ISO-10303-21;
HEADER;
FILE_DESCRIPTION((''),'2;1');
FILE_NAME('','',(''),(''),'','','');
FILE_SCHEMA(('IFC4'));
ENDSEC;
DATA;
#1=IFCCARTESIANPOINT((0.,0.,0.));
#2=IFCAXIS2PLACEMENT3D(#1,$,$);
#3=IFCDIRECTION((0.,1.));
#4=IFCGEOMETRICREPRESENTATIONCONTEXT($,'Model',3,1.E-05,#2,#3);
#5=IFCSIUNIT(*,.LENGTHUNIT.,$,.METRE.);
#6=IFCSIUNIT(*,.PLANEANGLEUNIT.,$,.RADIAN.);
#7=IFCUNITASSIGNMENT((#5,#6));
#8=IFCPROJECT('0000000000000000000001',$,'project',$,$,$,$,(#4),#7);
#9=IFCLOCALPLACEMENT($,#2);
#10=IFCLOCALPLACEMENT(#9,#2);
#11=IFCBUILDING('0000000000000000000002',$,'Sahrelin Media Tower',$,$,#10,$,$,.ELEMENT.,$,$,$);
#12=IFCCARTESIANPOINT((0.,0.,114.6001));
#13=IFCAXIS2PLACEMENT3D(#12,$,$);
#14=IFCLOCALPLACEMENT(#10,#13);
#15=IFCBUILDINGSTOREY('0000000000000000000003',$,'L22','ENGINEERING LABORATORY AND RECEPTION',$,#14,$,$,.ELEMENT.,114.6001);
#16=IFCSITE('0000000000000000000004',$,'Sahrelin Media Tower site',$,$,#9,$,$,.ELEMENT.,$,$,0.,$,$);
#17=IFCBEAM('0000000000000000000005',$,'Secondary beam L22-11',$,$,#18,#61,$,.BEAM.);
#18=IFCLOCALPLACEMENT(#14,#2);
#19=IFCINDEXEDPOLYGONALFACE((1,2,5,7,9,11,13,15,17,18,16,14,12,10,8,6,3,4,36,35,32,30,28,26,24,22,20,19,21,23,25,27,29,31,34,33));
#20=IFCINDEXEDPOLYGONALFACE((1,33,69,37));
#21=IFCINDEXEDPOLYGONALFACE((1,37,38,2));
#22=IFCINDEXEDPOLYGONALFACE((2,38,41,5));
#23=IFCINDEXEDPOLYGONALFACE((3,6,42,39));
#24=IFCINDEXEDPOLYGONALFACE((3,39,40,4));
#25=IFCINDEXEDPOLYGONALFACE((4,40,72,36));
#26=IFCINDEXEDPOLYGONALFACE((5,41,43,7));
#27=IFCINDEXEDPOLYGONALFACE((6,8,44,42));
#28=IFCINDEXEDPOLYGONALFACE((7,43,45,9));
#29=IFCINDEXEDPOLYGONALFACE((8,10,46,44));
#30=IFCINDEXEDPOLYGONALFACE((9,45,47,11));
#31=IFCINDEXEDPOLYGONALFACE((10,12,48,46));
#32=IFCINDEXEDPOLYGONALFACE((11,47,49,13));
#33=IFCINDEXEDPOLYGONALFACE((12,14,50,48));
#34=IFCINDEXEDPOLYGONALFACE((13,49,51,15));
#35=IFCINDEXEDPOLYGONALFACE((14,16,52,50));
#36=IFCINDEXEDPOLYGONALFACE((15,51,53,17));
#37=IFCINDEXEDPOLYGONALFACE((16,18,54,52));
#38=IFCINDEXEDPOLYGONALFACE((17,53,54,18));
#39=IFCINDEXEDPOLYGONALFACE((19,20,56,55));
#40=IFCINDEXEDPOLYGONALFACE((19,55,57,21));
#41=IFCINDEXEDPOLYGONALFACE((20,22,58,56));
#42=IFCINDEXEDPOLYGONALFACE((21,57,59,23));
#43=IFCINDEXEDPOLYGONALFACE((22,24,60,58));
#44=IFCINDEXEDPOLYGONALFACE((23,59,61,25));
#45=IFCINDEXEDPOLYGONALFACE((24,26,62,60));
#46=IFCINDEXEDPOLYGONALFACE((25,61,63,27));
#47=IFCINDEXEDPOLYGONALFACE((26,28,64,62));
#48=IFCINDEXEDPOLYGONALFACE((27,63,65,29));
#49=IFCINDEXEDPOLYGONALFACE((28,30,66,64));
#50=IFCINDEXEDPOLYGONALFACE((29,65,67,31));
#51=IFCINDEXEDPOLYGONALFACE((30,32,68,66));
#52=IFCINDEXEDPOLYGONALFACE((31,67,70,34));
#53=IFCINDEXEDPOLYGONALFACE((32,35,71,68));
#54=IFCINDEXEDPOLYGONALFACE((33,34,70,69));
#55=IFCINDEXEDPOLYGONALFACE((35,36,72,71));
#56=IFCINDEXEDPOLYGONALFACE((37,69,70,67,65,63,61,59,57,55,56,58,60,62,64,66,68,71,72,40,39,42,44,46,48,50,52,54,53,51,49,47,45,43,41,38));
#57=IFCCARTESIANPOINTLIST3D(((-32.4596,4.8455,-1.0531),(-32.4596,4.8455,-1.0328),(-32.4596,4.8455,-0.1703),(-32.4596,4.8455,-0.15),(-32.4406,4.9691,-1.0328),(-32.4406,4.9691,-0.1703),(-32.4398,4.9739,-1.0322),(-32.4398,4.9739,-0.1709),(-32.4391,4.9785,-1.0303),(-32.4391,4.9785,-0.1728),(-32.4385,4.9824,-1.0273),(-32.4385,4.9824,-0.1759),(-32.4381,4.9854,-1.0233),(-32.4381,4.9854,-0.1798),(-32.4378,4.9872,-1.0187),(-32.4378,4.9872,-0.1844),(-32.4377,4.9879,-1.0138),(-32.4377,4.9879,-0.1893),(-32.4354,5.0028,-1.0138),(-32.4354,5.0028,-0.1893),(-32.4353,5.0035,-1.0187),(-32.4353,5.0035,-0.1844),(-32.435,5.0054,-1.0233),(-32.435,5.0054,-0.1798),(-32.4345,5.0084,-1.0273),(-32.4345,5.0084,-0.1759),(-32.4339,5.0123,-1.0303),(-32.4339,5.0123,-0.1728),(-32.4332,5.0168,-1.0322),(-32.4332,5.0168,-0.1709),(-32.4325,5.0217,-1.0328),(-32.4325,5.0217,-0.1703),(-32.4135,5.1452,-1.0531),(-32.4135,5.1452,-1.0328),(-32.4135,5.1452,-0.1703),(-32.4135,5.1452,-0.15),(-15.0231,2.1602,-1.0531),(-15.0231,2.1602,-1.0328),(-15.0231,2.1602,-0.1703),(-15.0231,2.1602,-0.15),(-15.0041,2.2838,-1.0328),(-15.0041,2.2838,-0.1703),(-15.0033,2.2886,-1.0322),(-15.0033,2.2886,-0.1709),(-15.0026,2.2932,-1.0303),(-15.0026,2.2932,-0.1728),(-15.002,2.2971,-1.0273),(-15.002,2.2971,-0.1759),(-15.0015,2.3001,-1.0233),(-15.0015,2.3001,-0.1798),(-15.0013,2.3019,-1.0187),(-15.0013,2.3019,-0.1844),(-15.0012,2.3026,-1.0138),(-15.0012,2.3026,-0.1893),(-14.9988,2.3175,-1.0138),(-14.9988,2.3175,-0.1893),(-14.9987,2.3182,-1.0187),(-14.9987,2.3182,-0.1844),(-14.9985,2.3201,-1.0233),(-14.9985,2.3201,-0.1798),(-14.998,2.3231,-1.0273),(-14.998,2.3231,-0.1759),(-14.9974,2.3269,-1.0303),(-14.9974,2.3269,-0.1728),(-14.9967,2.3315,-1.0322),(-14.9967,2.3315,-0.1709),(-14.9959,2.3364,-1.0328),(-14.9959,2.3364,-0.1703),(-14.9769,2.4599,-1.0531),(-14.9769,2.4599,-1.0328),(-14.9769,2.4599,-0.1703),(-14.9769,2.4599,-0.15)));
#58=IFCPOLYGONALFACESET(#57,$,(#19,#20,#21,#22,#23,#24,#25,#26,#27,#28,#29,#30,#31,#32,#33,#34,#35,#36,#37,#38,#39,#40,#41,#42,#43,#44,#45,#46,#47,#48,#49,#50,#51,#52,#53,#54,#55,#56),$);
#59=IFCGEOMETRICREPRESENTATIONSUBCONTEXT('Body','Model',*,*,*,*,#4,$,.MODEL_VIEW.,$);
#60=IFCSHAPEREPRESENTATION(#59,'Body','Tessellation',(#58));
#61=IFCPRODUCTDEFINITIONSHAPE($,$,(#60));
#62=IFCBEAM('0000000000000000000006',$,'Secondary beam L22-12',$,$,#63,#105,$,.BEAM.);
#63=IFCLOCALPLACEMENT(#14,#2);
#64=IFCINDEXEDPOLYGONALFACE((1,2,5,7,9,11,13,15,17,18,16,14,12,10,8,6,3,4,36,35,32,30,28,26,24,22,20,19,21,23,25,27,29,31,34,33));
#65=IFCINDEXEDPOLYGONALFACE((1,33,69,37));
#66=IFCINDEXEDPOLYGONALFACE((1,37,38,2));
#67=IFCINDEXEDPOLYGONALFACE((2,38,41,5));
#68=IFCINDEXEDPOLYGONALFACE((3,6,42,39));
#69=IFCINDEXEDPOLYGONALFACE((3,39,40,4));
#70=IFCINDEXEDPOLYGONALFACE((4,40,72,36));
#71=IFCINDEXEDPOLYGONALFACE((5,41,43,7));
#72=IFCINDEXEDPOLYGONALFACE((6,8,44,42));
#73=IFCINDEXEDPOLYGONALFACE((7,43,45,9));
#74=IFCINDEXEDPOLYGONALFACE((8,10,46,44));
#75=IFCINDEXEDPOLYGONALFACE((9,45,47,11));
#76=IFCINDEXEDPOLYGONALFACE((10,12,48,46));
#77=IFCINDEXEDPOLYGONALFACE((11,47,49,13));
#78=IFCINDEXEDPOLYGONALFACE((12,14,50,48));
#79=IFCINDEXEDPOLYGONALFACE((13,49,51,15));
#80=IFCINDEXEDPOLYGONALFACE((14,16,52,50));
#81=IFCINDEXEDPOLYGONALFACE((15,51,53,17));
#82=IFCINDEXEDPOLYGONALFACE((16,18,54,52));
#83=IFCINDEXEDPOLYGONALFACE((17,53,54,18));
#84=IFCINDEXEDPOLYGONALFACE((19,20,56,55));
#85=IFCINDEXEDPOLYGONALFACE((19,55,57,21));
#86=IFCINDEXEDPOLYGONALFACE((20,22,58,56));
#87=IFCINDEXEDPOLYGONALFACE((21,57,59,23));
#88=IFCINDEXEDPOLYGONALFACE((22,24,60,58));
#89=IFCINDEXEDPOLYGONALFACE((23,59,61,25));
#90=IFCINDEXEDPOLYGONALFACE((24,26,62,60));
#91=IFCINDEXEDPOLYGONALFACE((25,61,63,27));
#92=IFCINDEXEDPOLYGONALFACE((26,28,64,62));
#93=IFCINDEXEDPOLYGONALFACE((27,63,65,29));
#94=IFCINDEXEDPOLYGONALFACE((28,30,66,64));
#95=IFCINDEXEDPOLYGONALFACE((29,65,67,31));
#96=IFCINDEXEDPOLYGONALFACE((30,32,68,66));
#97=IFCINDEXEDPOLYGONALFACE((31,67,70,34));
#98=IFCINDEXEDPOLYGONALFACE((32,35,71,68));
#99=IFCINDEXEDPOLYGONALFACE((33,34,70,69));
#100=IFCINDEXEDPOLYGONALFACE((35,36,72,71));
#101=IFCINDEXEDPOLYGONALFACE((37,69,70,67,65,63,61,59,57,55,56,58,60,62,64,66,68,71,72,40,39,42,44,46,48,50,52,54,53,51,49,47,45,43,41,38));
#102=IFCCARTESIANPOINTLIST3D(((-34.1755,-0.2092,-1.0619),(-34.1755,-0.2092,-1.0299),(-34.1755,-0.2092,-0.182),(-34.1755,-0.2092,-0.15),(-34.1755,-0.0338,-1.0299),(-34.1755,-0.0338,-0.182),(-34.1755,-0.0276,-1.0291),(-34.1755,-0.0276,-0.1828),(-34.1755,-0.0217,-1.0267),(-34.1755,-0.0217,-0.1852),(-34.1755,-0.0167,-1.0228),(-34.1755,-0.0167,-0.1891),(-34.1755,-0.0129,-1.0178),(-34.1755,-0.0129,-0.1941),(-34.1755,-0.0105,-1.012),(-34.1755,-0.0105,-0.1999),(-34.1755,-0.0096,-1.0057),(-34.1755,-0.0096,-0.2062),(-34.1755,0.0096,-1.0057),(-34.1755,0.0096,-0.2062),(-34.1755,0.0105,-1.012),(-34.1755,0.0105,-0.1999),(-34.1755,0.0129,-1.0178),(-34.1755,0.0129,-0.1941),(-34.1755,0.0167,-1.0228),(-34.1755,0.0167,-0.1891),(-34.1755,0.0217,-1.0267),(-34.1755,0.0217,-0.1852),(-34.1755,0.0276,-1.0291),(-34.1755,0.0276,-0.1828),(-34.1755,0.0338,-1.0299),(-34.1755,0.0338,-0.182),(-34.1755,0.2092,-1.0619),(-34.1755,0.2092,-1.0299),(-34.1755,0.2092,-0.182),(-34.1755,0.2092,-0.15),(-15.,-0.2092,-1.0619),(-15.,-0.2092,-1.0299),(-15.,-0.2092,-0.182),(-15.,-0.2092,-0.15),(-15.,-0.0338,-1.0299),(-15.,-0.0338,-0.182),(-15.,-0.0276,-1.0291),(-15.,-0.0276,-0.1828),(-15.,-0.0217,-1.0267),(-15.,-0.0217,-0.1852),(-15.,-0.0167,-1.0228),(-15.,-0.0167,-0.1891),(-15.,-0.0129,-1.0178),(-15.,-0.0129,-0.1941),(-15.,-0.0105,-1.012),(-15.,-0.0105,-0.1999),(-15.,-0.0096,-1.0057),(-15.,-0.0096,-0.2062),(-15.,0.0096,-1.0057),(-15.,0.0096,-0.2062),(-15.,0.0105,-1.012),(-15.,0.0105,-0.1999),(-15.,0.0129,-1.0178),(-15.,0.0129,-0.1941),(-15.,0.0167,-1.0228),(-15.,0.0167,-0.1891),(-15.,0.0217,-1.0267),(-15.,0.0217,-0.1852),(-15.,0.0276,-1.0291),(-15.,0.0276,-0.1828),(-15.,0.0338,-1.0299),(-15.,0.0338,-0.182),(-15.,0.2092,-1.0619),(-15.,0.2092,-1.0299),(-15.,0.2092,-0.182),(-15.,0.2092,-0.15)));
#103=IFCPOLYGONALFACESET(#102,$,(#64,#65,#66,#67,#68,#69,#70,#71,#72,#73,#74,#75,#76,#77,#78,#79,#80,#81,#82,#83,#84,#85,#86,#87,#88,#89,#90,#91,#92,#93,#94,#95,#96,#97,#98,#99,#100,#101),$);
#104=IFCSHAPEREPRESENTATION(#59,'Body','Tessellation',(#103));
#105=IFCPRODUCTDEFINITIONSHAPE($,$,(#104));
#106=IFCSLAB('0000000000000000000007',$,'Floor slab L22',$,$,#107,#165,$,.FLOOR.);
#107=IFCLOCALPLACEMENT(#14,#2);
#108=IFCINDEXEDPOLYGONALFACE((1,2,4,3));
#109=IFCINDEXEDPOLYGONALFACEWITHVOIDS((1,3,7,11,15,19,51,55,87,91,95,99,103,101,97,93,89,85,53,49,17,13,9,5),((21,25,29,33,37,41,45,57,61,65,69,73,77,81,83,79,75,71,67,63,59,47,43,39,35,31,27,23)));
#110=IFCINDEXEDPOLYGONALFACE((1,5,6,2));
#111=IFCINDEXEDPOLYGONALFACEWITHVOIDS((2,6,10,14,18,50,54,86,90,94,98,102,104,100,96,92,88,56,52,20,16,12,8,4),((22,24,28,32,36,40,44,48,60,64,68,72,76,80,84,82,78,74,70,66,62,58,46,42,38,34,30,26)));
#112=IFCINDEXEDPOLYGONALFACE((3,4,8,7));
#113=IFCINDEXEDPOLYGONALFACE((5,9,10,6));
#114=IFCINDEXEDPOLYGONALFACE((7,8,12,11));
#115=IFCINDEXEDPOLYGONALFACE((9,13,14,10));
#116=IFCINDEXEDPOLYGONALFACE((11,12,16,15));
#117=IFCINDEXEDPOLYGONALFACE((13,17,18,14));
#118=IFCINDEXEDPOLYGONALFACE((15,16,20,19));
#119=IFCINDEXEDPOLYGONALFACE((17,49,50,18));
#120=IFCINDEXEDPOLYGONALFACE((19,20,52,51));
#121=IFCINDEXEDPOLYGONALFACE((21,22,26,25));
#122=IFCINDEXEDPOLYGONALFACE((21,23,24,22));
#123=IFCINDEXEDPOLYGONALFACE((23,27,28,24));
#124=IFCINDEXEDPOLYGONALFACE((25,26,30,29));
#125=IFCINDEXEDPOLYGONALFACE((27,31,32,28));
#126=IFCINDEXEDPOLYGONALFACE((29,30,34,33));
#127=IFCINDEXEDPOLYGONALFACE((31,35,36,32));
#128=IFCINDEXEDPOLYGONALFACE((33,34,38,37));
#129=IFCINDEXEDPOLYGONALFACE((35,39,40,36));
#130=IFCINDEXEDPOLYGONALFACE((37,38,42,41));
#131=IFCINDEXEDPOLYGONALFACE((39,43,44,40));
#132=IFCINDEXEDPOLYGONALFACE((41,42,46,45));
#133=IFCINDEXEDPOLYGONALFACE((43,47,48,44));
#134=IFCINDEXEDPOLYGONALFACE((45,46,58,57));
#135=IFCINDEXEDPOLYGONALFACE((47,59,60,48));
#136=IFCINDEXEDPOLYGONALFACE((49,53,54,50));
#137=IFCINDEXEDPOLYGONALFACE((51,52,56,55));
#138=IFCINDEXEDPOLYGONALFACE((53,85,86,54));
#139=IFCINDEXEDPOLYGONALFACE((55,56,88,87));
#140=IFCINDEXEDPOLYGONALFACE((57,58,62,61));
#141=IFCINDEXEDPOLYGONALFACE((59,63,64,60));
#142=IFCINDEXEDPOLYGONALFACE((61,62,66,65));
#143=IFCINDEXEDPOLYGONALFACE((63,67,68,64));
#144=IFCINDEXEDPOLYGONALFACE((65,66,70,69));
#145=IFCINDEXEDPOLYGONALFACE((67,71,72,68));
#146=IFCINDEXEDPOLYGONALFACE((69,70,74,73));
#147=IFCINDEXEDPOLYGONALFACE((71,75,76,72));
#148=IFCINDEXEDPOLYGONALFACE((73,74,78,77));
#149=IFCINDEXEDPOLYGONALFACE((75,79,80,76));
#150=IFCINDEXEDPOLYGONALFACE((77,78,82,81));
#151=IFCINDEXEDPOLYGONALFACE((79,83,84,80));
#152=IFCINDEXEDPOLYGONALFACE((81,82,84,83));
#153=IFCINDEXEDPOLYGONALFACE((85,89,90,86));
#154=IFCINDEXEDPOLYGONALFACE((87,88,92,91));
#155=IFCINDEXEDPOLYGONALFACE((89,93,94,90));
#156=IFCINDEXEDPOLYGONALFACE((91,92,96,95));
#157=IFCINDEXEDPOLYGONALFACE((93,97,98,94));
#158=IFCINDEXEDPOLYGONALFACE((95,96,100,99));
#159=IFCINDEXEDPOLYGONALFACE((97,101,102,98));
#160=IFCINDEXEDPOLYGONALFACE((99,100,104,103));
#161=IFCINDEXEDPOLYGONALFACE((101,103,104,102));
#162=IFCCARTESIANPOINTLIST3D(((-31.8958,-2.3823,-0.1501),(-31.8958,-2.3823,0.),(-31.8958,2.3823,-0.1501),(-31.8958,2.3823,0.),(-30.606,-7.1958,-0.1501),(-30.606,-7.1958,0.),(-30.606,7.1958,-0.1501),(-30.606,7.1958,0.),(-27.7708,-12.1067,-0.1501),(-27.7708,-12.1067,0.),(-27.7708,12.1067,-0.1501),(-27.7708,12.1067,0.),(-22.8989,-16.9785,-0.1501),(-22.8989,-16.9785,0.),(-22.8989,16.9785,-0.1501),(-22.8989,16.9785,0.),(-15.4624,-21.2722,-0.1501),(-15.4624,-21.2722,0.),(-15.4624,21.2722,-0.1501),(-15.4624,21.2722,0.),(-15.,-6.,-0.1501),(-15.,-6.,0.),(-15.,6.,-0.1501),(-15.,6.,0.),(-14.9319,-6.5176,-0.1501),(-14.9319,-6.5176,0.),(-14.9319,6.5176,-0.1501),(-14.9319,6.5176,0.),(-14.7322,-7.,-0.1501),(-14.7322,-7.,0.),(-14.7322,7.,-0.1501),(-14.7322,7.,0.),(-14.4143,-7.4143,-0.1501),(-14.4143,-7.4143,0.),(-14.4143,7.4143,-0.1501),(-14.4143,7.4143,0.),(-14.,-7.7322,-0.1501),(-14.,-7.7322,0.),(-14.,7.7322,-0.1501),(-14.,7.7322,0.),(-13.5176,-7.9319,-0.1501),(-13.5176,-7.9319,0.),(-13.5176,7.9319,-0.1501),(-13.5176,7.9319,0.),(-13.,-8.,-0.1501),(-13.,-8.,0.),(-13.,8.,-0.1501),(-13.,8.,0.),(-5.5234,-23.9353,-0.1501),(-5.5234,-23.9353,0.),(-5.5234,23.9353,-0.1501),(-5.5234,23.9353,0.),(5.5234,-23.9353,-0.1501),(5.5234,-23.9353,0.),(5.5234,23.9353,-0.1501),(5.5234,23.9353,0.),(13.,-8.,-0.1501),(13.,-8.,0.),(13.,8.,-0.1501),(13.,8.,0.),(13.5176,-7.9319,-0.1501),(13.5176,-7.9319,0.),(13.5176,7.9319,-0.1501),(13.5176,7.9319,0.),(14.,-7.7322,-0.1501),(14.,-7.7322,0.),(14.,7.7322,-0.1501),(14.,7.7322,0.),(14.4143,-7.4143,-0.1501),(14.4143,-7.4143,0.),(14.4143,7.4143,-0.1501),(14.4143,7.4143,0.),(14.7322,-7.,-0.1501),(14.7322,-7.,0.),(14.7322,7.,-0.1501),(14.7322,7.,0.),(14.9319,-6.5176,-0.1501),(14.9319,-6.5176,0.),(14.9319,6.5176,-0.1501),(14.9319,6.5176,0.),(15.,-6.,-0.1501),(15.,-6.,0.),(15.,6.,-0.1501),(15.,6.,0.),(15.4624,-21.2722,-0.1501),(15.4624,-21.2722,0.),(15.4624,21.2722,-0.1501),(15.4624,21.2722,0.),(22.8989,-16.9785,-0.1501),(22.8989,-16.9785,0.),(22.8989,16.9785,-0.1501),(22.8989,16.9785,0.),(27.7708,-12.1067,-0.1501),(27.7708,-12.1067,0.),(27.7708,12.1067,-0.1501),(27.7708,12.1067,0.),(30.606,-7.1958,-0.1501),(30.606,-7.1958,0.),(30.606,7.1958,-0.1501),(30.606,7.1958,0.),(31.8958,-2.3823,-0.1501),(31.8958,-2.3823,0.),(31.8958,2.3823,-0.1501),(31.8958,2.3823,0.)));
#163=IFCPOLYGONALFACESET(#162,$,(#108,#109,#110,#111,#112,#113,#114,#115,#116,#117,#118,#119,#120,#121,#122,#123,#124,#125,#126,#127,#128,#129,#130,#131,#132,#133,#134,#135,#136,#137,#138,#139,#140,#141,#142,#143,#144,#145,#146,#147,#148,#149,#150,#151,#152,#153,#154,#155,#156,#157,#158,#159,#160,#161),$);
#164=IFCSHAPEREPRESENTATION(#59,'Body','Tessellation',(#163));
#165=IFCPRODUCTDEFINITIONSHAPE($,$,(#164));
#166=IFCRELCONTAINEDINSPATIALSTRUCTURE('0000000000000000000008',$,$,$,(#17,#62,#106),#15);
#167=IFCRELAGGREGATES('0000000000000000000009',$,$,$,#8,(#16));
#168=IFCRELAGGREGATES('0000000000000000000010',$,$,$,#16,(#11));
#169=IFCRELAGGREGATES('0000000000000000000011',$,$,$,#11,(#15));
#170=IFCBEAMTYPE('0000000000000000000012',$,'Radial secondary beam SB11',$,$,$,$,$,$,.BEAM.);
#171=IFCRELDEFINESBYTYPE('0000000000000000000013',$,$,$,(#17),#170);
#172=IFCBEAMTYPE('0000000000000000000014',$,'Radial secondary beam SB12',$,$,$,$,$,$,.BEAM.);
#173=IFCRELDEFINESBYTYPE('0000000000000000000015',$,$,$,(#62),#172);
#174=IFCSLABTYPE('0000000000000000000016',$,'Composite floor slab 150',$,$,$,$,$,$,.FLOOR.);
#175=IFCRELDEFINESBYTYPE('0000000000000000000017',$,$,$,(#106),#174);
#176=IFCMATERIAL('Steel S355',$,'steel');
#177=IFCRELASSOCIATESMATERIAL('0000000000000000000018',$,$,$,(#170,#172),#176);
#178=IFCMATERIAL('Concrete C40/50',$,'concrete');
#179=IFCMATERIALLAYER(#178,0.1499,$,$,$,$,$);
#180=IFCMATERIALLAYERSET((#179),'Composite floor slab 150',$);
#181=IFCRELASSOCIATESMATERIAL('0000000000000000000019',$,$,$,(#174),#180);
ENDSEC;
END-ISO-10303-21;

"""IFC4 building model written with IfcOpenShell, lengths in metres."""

from ifc_helpers import new_model, si_unit, direction, frame, origin, origin_2d, place, context, subcontext, project, spatial, polyline, i_section, outline, extrude, material, layer, layer_set, material_profile, profile_set, type_object, element, save


model = new_model("IFC4")

# Units and contexts
model_context = context("Model", 3, precision=1e-05, world=origin(), true_north=direction((0.0, 1.0)))
body_context = subcontext(model_context, "Body", "Model", "MODEL_VIEW")
ifc_project = project(units=[si_unit("LENGTHUNIT", "METRE"), si_unit("PLANEANGLEUNIT", "RADIAN")], contexts=[model_context])

# Site, building, storey
site_placement = place(None, origin())
site = spatial("IfcSite", under=ifc_project, at=site_placement, Name="Sahrelin Media Tower site", CompositionType="ELEMENT", RefElevation=0.0)
building_placement = place(site_placement, origin())
building = spatial("IfcBuilding", under=site, at=building_placement, Name="Sahrelin Media Tower", CompositionType="ELEMENT")
storey_placement = place(building_placement, frame((0.0, 0.0, 114.6001)))
storey = spatial("IfcBuildingStorey", under=building, at=storey_placement, Name="L22", Description="ENGINEERING LABORATORY AND RECEPTION", CompositionType="ELEMENT", Elevation=114.6001)

# Beams
ifc_material_1 = material(Name="Steel S355", Category="steel")
ifc_material_profile_1 = material_profile(ifc_material_1, i_section(OverallWidth=0.3032, OverallDepth=0.9031, WebThickness=0.0151, FlangeThickness=0.0203, FilletRadius=0.019, at=origin_2d()), Name="UB 914x305x201")
ifc_profile_set_1 = profile_set([ifc_material_profile_1], Name="Steel S355")
beam_type_1 = type_object("IfcBeamType", Name="Radial secondary beam SB11", PredefinedType="BEAM", material=ifc_profile_set_1)
beam_1_placement = place(storey_placement, frame((-15.0, 2.3101, -0.6016), z_axis=(-0.988348, 0.15221, 0.0), x_axis=(-0.15221, -0.988348, 0.0)))
element("IfcBeam", 1, at=beam_1_placement, inside=storey, type_object=beam_type_1, Name="Secondary beam L22-11", PredefinedType="BEAM", context=body_context, shape_type="SweptSolid", body=[
    extrude(i_section(OverallWidth=0.3032, OverallDepth=0.9031, WebThickness=0.0151, FlangeThickness=0.0203, FilletRadius=0.019, at=origin_2d()), origin(), (0.0, 0.0, 1.0), 17.6421),
])
ifc_material_profile_2 = material_profile(ifc_material_1, i_section(OverallWidth=0.4185, OverallDepth=0.9119, WebThickness=0.0193, FlangeThickness=0.032, FilletRadius=0.0242, at=origin_2d()), Name="UB 914x419x343")
ifc_profile_set_2 = profile_set([ifc_material_profile_2], Name="Steel S355")
beam_type_2 = type_object("IfcBeamType", Name="Radial secondary beam SB12", PredefinedType="BEAM", material=ifc_profile_set_2)
beam_2_placement = place(storey_placement, frame((-15.0, 0.0, -0.606), z_axis=(-1.0, 0.0, 0.0), x_axis=(0.0, -1.0, 0.0)))
element("IfcBeam", 2, at=beam_2_placement, inside=storey, type_object=beam_type_2, Name="Secondary beam L22-12", PredefinedType="BEAM", context=body_context, shape_type="SweptSolid", body=[
    extrude(i_section(OverallWidth=0.4185, OverallDepth=0.9119, WebThickness=0.0193, FlangeThickness=0.032, FilletRadius=0.0242, at=origin_2d()), origin(), (0.0, 0.0, 1.0), 19.1755),
])

# Slab
ifc_material_2 = material(Name="Concrete C40/50", Category="concrete")
ifc_layer_1 = layer(ifc_material_2, 0.1499)
ifc_layer_set_1 = layer_set([ifc_layer_1], Name="Composite floor slab 150")
slab_type = type_object("IfcSlabType", Name="Composite floor slab 150", PredefinedType="FLOOR", material=ifc_layer_set_1)
slab_placement = place(storey_placement, frame((0.0, 0.0, -0.1501)))
element("IfcSlab", 3, at=slab_placement, inside=storey, type_object=slab_type, Name="Floor slab L22", PredefinedType="FLOOR", context=body_context, shape_type="SweptSolid", body=[
    extrude(outline(polyline([(31.8958, -2.3823), (31.8958, 2.3823), (30.606, 7.1958), (27.7708, 12.1067), (22.8989, 16.9785), (15.4624, 21.2722), (5.5234, 23.9353), (-5.5234, 23.9353), (-15.4624, 21.2722), (-22.8989, 16.9785), (-27.7708, 12.1067), (-30.606, 7.1958), (-31.8958, 2.3823), (-31.8958, -2.3823), (-30.606, -7.1958), (-27.7708, -12.1067), (-22.8989, -16.9785), (-15.4624, -21.2722), (-5.5234, -23.9353), (5.5234, -23.9353), (15.4624, -21.2722), (22.8989, -16.9785), (27.7708, -12.1067), (30.606, -7.1958), (31.8958, -2.3823)]), holes=[polyline([(14.9319, 6.5176), (15.0, 6.0), (15.0, -6.0), (14.9319, -6.5176), (14.7322, -7.0), (14.4143, -7.4143), (14.0, -7.7322), (13.5176, -7.9319), (13.0, -8.0), (-13.0, -8.0), (-13.5176, -7.9319), (-14.0, -7.7322), (-14.4143, -7.4143), (-14.7322, -7.0), (-14.9319, -6.5176), (-15.0, -6.0), (-15.0, 6.0), (-14.9319, 6.5176), (-14.7322, 7.0), (-14.4143, 7.4143), (-14.0, 7.7322), (-13.5176, 7.9319), (-13.0, 8.0), (13.0, 8.0), (13.5176, 7.9319), (14.0, 7.7322), (14.4143, 7.4143), (14.7322, 7.0), (14.9319, 6.5176)])]), origin(), (0.0, 0.0, 1.0), 0.1501),
])

save(model, "model.ifc")
